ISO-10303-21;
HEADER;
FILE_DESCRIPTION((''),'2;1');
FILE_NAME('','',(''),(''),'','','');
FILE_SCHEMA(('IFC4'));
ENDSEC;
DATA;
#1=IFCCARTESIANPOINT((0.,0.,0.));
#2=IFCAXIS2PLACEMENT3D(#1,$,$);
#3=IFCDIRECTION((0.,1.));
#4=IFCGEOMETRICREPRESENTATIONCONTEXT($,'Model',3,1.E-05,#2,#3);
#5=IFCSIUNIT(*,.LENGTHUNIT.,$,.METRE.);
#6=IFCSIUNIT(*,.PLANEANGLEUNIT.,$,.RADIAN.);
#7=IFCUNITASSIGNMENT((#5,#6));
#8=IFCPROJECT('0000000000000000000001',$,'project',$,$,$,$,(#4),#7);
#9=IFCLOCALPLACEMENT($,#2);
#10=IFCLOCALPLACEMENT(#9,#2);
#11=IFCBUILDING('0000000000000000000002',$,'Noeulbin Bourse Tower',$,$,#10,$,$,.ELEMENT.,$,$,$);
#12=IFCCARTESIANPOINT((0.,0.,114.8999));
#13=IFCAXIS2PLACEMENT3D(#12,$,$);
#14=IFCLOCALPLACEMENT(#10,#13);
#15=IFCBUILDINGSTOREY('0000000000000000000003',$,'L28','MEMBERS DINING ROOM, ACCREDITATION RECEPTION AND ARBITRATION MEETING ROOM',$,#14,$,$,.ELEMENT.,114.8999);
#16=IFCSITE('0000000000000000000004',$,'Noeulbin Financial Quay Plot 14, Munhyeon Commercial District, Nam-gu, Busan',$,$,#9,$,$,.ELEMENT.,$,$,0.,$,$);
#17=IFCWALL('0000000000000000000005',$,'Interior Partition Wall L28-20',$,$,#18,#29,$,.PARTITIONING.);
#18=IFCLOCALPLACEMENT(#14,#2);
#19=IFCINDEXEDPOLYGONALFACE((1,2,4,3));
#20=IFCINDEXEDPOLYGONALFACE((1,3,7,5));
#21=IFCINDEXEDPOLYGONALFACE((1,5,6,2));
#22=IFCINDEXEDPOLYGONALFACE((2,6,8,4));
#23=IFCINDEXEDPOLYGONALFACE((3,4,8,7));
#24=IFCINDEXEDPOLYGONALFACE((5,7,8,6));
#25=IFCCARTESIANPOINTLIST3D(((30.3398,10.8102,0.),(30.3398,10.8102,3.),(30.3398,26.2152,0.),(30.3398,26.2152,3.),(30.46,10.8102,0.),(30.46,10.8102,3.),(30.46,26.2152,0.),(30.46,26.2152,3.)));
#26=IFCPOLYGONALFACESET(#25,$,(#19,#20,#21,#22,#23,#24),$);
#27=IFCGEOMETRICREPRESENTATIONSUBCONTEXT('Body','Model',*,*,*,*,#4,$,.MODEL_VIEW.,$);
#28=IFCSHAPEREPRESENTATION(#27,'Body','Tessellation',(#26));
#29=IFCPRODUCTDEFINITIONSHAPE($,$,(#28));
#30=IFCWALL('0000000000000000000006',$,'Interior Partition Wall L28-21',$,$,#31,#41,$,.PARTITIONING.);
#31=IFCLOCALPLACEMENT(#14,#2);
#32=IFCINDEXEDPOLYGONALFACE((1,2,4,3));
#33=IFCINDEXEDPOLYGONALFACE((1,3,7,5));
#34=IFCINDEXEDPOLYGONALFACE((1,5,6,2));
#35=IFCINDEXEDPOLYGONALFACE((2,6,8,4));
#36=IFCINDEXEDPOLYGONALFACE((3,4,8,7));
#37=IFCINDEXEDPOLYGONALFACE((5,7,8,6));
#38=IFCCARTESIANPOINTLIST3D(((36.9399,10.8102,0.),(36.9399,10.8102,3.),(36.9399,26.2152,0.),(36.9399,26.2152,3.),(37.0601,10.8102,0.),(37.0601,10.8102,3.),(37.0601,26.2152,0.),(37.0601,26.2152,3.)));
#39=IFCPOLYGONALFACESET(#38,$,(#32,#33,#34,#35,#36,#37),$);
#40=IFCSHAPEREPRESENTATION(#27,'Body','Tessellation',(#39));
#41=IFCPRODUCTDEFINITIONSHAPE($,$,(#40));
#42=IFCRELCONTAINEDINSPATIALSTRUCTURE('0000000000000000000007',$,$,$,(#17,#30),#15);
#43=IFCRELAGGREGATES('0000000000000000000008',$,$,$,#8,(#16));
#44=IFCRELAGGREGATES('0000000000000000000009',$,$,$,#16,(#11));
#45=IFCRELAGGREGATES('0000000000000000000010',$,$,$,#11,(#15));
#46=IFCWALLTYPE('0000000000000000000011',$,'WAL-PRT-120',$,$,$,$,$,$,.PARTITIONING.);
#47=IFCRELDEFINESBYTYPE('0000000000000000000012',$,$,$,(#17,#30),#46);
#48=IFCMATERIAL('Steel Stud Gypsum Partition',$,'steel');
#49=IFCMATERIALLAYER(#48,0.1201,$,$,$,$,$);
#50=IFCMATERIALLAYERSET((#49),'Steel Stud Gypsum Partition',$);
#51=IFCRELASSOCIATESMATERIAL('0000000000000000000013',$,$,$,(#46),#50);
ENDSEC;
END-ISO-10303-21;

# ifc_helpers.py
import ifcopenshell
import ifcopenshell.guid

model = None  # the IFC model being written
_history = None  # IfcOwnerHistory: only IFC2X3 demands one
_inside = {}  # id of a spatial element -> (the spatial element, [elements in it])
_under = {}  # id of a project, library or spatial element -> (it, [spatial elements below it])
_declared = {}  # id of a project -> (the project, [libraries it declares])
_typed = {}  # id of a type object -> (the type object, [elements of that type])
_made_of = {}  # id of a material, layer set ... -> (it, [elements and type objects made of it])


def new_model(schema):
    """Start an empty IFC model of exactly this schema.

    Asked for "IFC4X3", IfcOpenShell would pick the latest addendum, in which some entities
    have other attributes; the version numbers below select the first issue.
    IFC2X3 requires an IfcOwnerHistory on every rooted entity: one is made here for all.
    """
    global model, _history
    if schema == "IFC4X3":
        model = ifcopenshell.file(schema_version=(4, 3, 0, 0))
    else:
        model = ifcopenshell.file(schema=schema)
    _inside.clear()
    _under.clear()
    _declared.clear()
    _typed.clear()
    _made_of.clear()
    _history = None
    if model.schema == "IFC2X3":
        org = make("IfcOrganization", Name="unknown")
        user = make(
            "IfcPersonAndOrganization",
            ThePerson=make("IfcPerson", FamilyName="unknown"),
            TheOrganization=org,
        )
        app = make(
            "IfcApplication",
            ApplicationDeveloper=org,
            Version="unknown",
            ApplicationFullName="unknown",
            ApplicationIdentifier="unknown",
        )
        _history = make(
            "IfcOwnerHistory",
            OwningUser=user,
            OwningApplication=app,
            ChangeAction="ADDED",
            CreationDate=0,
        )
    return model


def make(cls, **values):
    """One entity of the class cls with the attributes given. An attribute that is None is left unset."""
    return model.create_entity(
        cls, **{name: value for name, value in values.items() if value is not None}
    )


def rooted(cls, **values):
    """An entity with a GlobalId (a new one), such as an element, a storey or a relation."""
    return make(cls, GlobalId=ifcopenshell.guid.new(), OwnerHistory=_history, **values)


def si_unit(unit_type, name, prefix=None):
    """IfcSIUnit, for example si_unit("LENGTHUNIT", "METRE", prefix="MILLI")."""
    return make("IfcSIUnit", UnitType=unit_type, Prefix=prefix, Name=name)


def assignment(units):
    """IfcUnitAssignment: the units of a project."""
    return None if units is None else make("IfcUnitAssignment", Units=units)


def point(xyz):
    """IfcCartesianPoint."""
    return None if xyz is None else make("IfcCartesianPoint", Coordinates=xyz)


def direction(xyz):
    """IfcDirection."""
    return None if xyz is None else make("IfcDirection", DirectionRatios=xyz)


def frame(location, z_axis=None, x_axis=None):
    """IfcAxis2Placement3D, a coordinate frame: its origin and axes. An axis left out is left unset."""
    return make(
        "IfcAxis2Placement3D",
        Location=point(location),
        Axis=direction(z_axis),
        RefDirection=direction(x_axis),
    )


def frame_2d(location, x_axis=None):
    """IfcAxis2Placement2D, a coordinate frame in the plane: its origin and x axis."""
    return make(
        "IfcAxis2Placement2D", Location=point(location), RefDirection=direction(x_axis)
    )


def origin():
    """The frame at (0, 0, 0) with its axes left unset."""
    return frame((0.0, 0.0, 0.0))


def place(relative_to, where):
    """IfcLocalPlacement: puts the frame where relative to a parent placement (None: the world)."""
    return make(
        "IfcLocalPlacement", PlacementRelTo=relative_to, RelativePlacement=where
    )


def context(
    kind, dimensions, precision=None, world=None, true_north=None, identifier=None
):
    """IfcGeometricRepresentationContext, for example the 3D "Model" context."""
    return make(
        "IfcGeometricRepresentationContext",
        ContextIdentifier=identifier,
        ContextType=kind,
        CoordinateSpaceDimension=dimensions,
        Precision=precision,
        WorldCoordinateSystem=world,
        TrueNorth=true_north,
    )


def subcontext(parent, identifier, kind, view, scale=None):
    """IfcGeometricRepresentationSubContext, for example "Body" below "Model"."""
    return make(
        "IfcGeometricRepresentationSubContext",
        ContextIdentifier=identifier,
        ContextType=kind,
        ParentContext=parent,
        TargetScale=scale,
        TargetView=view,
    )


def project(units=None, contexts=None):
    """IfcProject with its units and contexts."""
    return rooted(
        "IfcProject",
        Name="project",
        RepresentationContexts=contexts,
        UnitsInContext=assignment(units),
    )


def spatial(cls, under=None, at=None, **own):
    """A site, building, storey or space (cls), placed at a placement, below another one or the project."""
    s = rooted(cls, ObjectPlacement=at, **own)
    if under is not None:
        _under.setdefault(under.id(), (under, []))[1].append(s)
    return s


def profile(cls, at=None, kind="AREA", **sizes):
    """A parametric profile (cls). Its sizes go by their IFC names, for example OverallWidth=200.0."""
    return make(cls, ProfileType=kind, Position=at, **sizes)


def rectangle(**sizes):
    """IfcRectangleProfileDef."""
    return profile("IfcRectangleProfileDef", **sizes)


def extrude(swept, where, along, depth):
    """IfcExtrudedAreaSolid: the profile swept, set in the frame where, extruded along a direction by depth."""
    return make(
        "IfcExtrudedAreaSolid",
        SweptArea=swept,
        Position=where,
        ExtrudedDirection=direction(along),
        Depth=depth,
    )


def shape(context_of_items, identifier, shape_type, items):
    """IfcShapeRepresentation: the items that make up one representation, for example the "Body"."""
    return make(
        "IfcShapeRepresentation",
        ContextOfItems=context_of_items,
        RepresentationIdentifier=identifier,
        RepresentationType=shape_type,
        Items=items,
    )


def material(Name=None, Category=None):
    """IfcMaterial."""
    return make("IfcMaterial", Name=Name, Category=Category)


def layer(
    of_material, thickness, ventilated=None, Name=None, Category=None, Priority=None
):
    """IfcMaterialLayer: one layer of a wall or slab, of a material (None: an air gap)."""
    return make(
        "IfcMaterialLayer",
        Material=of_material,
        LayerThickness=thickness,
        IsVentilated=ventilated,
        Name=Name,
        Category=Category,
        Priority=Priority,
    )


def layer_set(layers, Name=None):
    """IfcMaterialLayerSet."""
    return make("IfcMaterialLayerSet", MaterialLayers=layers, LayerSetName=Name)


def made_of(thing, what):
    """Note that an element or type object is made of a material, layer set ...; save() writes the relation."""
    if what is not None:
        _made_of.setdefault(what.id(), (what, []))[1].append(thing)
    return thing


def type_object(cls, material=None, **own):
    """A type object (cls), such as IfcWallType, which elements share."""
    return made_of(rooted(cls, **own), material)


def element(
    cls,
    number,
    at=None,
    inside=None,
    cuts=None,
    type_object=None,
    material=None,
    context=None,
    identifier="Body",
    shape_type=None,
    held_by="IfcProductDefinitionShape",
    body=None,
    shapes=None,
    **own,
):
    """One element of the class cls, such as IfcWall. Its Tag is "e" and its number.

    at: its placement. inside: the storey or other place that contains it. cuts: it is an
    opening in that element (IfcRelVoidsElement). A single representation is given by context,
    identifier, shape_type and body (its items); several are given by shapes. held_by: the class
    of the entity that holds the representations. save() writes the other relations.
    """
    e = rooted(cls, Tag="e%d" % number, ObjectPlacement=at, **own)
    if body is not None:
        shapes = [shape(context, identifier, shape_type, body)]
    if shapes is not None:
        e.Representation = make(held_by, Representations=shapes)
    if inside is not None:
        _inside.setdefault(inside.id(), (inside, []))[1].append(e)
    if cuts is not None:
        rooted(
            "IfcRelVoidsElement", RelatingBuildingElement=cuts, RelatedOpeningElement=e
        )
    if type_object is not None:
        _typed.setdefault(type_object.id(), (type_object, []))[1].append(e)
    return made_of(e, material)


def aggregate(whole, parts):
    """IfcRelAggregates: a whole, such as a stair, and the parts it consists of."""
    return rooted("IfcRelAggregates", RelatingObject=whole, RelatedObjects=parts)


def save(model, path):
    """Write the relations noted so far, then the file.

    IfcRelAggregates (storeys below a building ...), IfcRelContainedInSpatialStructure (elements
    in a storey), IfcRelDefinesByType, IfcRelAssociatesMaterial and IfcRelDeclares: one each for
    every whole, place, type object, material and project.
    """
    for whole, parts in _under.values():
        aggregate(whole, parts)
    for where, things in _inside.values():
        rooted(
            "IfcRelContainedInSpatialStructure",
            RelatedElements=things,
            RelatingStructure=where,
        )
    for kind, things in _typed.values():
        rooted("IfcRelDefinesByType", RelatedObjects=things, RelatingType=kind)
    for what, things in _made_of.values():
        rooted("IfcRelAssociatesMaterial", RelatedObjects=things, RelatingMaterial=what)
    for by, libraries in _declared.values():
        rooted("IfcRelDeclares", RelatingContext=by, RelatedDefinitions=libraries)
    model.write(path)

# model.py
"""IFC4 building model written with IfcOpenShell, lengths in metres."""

from ifc_helpers import new_model, si_unit, direction, frame, frame_2d, origin, place, context, subcontext, project, spatial, rectangle, extrude, material, layer, layer_set, type_object, element, save


model = new_model("IFC4")

# Units and contexts
model_context = context("Model", 3, precision=1e-05, world=origin(), true_north=direction((0.0, 1.0)))
body_context = subcontext(model_context, "Body", "Model", "MODEL_VIEW")
ifc_project = project(units=[si_unit("LENGTHUNIT", "METRE"), si_unit("PLANEANGLEUNIT", "RADIAN")], contexts=[model_context])

# Site, building, storey
site_placement = place(None, origin())
site = spatial("IfcSite", under=ifc_project, at=site_placement, Name="Noeulbin Financial Quay Plot 14, Munhyeon Commercial District, Nam-gu, Busan", CompositionType="ELEMENT", RefElevation=0.0)
building_placement = place(site_placement, origin())
building = spatial("IfcBuilding", under=site, at=building_placement, Name="Noeulbin Bourse Tower", CompositionType="ELEMENT")
storey_placement = place(building_placement, frame((0.0, 0.0, 114.8999)))
storey = spatial("IfcBuildingStorey", under=building, at=storey_placement, Name="L28", Description="MEMBERS DINING ROOM, ACCREDITATION RECEPTION AND ARBITRATION MEETING ROOM", CompositionType="ELEMENT", Elevation=114.8999)

# Walls
ifc_material_1 = material(Name="Steel Stud Gypsum Partition", Category="steel")
ifc_layer_1 = layer(ifc_material_1, 0.1201)
ifc_layer_set_1 = layer_set([ifc_layer_1], Name="Steel Stud Gypsum Partition")
wall_type = type_object("IfcWallType", Name="WAL-PRT-120", PredefinedType="PARTITIONING", material=ifc_layer_set_1)
for number, where, z_axis, x_axis, name in (
    (1, (30.3999, 10.8101, 0.0), (0.0, 0.0, 1.0), (0.0, 1.0, 0.0), "Interior Partition Wall L28-20"),
    (2, (37.0, 10.8101, 0.0), (0.0, 0.0, 1.0), (0.0, 1.0, 0.0), "Interior Partition Wall L28-21"),
):
    element("IfcWall", number, at=place(storey_placement, frame(where, z_axis=z_axis, x_axis=x_axis)), inside=storey, type_object=wall_type, Name=name, PredefinedType="PARTITIONING", context=body_context, shape_type="SweptSolid", body=[
        extrude(rectangle(XDim=15.405, YDim=0.1201, at=frame_2d((7.7026, 0.0))), origin(), (0.0, 0.0, 1.0), 3.0),
    ])

save(model, "model.ifc")
